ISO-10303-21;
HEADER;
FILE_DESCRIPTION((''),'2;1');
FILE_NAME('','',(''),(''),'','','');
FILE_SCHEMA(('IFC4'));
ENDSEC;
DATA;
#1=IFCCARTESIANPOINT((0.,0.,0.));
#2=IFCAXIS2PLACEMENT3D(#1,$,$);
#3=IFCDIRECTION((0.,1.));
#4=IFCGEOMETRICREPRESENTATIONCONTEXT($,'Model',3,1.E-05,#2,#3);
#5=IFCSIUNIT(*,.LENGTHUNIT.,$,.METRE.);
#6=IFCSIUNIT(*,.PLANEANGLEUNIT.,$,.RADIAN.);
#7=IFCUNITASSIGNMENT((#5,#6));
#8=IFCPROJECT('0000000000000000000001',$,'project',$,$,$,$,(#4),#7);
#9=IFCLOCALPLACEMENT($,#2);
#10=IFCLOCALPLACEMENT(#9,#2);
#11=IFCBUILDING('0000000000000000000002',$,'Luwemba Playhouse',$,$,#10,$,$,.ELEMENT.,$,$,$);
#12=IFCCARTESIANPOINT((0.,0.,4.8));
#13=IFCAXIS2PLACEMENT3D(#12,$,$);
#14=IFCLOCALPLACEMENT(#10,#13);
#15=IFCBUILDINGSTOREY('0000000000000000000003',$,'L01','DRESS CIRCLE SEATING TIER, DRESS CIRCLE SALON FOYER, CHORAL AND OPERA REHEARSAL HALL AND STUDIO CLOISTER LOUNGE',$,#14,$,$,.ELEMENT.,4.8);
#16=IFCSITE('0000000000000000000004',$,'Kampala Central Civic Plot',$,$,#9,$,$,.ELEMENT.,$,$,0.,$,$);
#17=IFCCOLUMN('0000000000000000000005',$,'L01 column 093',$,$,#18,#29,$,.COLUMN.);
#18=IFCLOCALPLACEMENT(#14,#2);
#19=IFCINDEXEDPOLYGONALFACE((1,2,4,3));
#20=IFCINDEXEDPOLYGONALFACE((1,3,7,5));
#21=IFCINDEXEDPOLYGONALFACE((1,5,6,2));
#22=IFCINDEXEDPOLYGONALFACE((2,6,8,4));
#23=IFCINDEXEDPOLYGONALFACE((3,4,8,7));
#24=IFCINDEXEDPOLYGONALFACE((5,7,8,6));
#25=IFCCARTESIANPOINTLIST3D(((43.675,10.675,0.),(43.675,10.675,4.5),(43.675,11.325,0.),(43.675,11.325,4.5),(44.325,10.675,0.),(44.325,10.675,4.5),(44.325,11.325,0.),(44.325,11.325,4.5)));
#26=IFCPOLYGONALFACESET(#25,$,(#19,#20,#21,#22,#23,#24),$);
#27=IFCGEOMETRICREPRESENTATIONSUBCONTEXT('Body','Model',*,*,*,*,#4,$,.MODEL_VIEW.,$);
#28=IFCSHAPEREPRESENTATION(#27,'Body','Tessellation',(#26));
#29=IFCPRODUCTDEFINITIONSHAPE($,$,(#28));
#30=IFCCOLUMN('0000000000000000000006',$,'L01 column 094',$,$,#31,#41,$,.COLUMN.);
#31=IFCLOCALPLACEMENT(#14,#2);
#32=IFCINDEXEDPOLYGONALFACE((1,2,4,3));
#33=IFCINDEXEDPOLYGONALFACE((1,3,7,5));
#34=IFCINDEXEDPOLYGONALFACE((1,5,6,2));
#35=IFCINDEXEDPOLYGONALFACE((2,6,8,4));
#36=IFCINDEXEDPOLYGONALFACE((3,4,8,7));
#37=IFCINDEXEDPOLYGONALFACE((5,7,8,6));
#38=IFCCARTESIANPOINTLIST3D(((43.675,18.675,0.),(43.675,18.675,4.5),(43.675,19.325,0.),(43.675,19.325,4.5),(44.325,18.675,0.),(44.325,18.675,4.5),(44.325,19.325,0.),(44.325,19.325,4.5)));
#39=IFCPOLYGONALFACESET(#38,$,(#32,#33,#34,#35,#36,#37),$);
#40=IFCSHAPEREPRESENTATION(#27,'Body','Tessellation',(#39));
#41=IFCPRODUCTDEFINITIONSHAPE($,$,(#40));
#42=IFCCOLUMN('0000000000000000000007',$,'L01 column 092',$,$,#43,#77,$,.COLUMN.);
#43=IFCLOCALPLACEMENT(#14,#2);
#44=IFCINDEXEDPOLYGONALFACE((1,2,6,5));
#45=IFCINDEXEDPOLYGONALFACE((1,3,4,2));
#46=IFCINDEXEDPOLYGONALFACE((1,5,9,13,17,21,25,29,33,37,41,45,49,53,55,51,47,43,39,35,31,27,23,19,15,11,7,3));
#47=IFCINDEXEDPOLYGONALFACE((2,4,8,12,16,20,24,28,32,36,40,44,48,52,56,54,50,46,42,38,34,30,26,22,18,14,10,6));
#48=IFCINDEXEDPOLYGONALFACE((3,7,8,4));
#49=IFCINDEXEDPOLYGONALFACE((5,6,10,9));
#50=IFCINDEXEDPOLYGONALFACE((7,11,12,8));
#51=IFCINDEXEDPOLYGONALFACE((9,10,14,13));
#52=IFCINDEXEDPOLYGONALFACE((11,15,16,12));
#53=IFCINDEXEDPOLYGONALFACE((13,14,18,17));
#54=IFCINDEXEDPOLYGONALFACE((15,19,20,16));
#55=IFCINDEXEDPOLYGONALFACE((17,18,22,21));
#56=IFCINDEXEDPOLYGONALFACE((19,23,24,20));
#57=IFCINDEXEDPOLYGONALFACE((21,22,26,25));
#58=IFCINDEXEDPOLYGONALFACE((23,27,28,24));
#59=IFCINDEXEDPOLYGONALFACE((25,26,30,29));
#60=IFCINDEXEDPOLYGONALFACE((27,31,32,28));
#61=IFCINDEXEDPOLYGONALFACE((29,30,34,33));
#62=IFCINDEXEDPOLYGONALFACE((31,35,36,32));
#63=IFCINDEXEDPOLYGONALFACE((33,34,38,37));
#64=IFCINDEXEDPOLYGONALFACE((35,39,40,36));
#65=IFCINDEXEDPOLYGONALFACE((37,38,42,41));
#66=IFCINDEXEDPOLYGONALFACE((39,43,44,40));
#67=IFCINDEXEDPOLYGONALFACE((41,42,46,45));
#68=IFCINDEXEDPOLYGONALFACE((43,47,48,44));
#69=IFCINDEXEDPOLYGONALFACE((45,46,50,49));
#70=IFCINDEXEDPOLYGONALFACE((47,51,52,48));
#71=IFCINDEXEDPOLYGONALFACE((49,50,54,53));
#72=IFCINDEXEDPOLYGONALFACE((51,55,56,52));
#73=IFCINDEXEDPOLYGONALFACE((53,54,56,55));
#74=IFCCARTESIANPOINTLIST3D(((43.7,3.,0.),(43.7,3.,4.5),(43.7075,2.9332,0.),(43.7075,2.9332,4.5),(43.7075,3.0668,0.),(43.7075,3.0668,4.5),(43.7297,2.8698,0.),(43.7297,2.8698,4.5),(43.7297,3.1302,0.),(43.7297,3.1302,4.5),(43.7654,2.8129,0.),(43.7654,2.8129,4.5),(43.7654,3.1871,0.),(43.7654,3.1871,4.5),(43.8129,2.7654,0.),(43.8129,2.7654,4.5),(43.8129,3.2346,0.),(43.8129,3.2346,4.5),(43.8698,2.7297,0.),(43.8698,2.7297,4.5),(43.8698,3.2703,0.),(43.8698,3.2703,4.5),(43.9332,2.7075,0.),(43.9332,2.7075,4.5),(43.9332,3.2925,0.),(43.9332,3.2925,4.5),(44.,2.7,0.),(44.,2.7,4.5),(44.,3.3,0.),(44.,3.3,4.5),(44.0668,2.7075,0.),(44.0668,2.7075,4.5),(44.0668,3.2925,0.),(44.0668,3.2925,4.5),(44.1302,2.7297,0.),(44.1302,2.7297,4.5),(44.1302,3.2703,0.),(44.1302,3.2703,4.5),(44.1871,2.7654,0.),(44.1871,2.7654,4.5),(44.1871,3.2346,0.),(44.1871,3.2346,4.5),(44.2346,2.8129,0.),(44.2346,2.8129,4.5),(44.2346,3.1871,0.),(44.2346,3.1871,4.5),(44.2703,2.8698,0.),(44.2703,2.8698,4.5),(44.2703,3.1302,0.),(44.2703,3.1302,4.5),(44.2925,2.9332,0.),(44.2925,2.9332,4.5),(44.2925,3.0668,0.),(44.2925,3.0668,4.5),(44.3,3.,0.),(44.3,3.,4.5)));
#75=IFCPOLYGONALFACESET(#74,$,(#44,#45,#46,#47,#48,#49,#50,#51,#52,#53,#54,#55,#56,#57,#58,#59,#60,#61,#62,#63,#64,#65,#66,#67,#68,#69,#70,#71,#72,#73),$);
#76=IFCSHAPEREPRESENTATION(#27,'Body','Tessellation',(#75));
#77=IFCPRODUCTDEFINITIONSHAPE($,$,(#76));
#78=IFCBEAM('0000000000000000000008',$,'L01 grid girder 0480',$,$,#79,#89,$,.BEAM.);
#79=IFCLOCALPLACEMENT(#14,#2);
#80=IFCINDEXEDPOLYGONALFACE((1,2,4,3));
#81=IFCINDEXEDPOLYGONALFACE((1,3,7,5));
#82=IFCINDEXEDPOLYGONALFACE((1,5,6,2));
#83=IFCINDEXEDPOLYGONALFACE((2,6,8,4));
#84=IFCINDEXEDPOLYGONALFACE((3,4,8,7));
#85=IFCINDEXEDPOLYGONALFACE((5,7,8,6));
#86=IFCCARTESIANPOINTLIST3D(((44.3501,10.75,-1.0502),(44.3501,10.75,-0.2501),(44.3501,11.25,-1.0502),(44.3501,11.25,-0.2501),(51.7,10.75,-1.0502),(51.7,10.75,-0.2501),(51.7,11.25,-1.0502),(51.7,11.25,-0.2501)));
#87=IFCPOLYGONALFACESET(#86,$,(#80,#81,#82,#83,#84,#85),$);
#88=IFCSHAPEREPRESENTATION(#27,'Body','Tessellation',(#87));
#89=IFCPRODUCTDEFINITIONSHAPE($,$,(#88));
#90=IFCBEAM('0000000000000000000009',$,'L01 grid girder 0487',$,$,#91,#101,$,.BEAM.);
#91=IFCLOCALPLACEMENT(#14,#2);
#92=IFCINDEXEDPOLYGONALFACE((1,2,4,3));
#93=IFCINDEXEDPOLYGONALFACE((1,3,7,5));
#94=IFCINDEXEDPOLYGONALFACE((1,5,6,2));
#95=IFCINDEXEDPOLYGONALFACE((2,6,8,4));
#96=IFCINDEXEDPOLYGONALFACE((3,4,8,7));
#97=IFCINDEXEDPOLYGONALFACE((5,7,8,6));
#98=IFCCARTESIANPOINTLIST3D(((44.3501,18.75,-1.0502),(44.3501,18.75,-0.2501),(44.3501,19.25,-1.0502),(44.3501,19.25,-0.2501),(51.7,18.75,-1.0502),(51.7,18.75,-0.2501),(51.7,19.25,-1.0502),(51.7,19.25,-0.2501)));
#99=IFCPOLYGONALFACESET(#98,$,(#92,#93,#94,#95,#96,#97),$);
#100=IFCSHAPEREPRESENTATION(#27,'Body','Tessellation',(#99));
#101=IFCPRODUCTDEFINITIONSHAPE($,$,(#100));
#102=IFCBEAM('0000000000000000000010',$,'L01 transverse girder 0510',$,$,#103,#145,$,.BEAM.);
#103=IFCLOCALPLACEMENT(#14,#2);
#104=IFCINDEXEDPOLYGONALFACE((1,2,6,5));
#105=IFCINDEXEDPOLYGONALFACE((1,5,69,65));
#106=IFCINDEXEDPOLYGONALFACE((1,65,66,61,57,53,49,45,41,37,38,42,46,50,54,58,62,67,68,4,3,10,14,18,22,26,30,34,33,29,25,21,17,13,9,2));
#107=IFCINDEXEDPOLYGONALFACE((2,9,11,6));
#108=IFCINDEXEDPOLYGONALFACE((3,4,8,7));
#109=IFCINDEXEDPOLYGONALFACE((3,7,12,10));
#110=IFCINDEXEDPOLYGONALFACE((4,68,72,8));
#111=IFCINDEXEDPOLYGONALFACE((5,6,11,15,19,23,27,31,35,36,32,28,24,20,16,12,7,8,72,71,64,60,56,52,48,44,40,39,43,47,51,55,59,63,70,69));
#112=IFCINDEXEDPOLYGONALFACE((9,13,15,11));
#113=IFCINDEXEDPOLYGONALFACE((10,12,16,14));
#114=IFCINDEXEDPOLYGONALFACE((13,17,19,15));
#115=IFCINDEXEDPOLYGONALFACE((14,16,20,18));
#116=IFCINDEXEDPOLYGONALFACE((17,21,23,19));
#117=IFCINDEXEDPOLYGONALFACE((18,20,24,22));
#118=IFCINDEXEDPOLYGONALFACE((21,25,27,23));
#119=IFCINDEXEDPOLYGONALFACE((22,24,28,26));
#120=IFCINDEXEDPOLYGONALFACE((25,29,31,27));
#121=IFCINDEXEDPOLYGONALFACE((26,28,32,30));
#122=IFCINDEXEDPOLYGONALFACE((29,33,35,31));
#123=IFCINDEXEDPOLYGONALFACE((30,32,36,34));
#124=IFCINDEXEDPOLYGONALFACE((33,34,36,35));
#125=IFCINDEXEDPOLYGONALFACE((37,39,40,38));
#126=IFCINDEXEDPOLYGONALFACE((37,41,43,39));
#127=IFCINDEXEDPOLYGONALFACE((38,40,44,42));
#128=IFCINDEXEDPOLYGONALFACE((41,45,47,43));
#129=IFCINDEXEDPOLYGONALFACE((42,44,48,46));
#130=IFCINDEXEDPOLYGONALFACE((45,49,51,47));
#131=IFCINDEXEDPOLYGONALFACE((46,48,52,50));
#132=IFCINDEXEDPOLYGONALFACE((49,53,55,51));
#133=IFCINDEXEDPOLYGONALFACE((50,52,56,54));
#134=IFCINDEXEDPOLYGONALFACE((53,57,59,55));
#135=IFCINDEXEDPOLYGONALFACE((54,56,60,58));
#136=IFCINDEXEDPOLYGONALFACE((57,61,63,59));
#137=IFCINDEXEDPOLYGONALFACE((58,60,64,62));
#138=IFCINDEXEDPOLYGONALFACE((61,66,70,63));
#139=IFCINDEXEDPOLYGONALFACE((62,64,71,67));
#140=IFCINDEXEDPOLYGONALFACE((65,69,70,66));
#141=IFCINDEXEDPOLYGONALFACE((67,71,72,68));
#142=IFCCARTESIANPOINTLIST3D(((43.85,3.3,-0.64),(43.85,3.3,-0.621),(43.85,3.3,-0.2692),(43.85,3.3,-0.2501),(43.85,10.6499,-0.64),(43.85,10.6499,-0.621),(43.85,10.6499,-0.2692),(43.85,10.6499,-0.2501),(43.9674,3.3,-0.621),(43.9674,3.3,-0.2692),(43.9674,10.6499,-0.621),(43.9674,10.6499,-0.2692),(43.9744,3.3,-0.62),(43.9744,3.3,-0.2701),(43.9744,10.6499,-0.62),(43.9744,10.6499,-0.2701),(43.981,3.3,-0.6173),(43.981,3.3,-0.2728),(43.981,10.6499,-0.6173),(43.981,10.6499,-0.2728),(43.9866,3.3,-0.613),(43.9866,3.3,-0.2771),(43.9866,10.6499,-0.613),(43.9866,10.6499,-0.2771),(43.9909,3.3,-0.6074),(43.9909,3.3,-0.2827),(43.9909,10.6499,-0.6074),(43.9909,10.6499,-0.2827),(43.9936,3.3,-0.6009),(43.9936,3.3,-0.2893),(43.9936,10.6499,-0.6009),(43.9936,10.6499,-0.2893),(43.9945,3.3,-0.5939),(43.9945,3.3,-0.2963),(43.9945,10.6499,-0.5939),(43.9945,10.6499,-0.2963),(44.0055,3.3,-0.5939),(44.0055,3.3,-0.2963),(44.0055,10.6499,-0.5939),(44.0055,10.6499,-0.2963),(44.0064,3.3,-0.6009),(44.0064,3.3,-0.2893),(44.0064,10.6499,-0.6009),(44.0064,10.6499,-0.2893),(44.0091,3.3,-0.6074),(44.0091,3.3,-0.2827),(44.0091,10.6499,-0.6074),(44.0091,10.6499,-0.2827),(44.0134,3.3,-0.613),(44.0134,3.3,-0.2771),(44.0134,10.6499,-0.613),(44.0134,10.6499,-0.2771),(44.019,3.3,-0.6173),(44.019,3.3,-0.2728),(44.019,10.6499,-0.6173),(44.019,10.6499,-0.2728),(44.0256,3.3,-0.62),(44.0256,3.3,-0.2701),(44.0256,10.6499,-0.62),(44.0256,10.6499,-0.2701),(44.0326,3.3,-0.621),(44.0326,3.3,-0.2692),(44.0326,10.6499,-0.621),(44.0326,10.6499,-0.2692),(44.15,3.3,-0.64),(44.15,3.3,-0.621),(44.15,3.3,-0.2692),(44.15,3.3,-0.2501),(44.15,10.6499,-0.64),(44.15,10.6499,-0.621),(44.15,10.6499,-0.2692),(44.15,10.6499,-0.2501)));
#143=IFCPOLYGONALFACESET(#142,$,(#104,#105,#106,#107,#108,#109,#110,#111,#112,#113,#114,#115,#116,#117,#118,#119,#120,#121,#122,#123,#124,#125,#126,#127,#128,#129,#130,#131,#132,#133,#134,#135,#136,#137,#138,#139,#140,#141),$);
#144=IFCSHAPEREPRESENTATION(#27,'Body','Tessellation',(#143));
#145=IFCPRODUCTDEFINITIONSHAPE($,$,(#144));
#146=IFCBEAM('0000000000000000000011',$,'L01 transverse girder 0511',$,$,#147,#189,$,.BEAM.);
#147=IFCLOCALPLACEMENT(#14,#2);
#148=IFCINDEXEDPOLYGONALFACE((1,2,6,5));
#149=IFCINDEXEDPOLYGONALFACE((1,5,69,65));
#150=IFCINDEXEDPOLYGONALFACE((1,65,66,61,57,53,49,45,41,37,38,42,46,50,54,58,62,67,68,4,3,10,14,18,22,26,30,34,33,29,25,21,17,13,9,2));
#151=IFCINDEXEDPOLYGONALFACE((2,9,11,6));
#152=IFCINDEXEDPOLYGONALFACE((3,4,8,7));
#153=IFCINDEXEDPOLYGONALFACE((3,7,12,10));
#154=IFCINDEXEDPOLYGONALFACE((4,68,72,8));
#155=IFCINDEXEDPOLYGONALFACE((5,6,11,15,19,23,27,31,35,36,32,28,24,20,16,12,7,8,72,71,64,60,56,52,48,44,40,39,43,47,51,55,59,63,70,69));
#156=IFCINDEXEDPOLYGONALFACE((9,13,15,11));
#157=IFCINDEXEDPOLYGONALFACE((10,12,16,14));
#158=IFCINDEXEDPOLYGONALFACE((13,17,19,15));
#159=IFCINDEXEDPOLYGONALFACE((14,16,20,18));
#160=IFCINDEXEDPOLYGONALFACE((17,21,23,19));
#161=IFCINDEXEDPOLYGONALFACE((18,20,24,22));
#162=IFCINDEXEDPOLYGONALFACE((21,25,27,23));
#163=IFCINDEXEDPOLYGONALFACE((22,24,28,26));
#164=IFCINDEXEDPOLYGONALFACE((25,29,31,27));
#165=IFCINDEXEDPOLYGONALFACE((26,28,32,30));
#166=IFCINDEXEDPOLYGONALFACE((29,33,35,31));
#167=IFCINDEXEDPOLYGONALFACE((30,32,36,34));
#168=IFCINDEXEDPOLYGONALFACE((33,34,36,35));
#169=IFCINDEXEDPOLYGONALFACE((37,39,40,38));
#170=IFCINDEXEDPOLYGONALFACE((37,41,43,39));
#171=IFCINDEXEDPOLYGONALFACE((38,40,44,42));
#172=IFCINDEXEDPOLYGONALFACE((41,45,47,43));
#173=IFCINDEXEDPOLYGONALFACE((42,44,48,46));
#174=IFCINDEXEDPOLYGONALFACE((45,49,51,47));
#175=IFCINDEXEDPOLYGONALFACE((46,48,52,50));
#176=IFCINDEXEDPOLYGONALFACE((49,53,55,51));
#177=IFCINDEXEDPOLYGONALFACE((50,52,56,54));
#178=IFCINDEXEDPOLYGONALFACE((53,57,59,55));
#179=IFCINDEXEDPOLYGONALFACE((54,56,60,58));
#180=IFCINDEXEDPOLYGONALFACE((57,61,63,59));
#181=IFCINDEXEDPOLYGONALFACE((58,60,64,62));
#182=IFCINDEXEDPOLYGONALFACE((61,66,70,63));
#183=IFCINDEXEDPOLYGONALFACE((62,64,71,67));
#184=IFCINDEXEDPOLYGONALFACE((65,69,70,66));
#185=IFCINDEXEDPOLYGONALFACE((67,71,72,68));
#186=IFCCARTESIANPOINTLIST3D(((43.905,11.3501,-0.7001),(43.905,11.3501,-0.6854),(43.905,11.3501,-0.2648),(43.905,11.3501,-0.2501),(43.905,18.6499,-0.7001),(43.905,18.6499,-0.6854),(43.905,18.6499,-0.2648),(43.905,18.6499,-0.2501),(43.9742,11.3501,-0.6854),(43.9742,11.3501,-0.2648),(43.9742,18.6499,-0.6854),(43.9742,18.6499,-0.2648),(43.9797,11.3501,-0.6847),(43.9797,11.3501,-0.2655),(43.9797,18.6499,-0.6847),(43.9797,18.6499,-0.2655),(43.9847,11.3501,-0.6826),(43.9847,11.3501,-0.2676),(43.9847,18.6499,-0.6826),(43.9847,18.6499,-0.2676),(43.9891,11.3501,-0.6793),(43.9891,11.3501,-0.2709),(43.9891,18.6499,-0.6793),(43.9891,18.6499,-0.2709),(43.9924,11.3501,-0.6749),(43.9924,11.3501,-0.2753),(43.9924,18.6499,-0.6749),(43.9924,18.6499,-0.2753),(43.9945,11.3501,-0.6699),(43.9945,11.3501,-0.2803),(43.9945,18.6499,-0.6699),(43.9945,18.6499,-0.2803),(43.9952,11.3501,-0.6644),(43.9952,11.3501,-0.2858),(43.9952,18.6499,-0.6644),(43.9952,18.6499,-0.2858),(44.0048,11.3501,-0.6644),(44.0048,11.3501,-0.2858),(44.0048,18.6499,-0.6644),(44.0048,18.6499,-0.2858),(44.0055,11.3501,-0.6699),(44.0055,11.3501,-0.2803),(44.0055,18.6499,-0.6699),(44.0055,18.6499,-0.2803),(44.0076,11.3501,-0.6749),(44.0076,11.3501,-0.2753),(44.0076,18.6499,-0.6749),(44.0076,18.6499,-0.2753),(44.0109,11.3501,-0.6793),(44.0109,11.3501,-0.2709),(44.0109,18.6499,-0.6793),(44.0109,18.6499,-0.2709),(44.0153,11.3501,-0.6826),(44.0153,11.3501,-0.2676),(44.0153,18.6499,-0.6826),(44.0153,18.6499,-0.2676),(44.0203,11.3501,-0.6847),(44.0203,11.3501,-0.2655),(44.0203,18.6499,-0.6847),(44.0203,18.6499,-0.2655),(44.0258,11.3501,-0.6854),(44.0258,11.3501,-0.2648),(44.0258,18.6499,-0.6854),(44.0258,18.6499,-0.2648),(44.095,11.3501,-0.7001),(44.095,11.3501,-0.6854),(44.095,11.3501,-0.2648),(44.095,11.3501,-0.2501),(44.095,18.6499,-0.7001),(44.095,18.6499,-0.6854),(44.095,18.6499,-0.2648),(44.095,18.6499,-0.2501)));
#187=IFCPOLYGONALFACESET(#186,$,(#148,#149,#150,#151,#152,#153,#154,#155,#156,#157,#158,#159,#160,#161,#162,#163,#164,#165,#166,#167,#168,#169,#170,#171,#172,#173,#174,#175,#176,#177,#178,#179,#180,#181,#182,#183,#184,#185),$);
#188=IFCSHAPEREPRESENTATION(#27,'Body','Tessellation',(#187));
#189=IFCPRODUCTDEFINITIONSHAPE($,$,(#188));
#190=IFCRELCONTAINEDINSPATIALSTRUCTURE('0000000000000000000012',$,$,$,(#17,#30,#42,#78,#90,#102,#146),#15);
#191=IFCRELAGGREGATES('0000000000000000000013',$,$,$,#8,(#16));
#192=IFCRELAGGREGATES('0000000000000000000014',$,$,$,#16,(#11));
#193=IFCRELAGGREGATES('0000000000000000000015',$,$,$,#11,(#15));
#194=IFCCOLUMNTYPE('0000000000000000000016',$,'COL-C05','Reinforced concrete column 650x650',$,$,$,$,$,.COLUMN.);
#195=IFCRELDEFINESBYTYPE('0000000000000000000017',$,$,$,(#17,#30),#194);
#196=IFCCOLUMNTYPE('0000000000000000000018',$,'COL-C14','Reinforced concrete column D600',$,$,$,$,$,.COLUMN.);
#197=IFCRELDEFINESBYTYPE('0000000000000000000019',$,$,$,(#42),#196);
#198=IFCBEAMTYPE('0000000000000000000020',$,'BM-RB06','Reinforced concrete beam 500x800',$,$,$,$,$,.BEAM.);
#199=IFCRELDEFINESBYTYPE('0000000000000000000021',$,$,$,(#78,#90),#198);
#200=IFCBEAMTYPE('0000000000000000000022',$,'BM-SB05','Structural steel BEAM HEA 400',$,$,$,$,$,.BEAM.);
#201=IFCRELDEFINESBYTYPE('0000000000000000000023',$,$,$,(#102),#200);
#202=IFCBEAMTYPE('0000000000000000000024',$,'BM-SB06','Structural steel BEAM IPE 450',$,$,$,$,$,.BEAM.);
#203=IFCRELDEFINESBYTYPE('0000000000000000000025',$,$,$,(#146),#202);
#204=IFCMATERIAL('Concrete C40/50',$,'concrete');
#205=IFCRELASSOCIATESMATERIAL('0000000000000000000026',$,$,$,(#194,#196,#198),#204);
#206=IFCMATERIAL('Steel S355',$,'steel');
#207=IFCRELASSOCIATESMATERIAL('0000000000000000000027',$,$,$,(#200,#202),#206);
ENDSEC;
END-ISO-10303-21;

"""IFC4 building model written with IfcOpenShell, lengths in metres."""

from ifc_helpers import new_model, si_unit, direction, frame, origin, origin_2d, place, context, subcontext, project, spatial, rectangle, circle, i_section, extrude, material, material_profile, profile_set, type_object, element, save


model = new_model("IFC4")

# Units and contexts
model_context = context("Model", 3, precision=1e-05, world=origin(), true_north=direction((0.0, 1.0)))
body_context = subcontext(model_context, "Body", "Model", "MODEL_VIEW")
ifc_project = project(units=[si_unit("LENGTHUNIT", "METRE"), si_unit("PLANEANGLEUNIT", "RADIAN")], contexts=[model_context])

# Site, building, storey
site_placement = place(None, origin())
site = spatial("IfcSite", under=ifc_project, at=site_placement, Name="Kampala Central Civic Plot", CompositionType="ELEMENT", RefElevation=0.0)
building_placement = place(site_placement, origin())
building = spatial("IfcBuilding", under=site, at=building_placement, Name="Luwemba Playhouse", CompositionType="ELEMENT")
storey_placement = place(building_placement, frame((0.0, 0.0, 4.8)))
storey = spatial("IfcBuildingStorey", under=building, at=storey_placement, Name="L01", Description="DRESS CIRCLE SEATING TIER, DRESS CIRCLE SALON FOYER, CHORAL AND OPERA REHEARSAL HALL AND STUDIO CLOISTER LOUNGE", CompositionType="ELEMENT", Elevation=4.8)

# Columns
ifc_material_1 = material(Name="Concrete C40/50", Category="concrete")
ifc_material_profile_1 = material_profile(ifc_material_1, rectangle(XDim=0.6499, YDim=0.6499, at=origin_2d()))
ifc_profile_set_1 = profile_set([ifc_material_profile_1], Name="Concrete C40/50")
column_type_1 = type_object("IfcColumnType", Name="COL-C05", Description="Reinforced concrete column 650x650", PredefinedType="COLUMN", material=ifc_profile_set_1)
for number, where, z_axis, x_axis, name in (
    (1, (44.0, 11.0, 0.0), (0.0, 0.0, 1.0), (1.0, 0.0, 0.0), "L01 column 093"),
    (2, (44.0, 19.0, 0.0), (0.0, 0.0, 1.0), (1.0, 0.0, 0.0), "L01 column 094"),
):
    element("IfcColumn", number, at=place(storey_placement, frame(where, z_axis=z_axis, x_axis=x_axis)), inside=storey, type_object=column_type_1, Name=name, PredefinedType="COLUMN", context=body_context, shape_type="SweptSolid", body=[
        extrude(rectangle(XDim=0.6499, YDim=0.6499, at=origin_2d()), origin(), (0.0, 0.0, 1.0), 4.5),
    ])
ifc_material_profile_2 = material_profile(ifc_material_1, circle(Radius=0.3, at=origin_2d()))
ifc_profile_set_2 = profile_set([ifc_material_profile_2], Name="Concrete C40/50")
column_type_2 = type_object("IfcColumnType", Name="COL-C14", Description="Reinforced concrete column D600", PredefinedType="COLUMN", material=ifc_profile_set_2)
column_placement = place(storey_placement, frame((44.0, 3.0, 0.0), z_axis=(0.0, 0.0, 1.0), x_axis=(1.0, 0.0, 0.0)))
element("IfcColumn", 3, at=column_placement, inside=storey, type_object=column_type_2, Name="L01 column 092", PredefinedType="COLUMN", context=body_context, shape_type="SweptSolid", body=[
    extrude(circle(Radius=0.3, at=origin_2d()), origin(), (0.0, 0.0, 1.0), 4.5),
])

# Beams
ifc_material_profile_3 = material_profile(ifc_material_1, rectangle(XDim=0.5, YDim=0.8, at=origin_2d()))
ifc_profile_set_3 = profile_set([ifc_material_profile_3], Name="Concrete C40/50")
beam_type_1 = type_object("IfcBeamType", Name="BM-RB06", Description="Reinforced concrete beam 500x800", PredefinedType="BEAM", material=ifc_profile_set_3)
for number, where, z_axis, x_axis, name in (
    (4, (44.3501, 11.0, -0.6501), (1.0, 0.0, 0.0), (0.0, 1.0, 0.0), "L01 grid girder 0480"),
    (5, (44.3501, 19.0, -0.6501), (1.0, 0.0, 0.0), (0.0, 1.0, 0.0), "L01 grid girder 0487"),
):
    element("IfcBeam", number, at=place(storey_placement, frame(where, z_axis=z_axis, x_axis=x_axis)), inside=storey, type_object=beam_type_1, Name=name, PredefinedType="BEAM", context=body_context, shape_type="SweptSolid", body=[
        extrude(rectangle(XDim=0.5, YDim=0.8, at=origin_2d()), origin(), (0.0, 0.0, 1.0), 7.3499),
    ])
ifc_material_2 = material(Name="Steel S355", Category="steel")
ifc_material_profile_4 = material_profile(ifc_material_2, i_section(OverallWidth=0.3, OverallDepth=0.3899, WebThickness=0.011, FlangeThickness=0.019, FilletRadius=0.0271, at=origin_2d()))
ifc_profile_set_4 = profile_set([ifc_material_profile_4], Name="Steel S355")
beam_type_2 = type_object("IfcBeamType", Name="BM-SB05", Description="Structural steel BEAM HEA 400", PredefinedType="BEAM", material=ifc_profile_set_4)
beam_1_placement = place(storey_placement, frame((44.0, 3.3, -0.4451), z_axis=(0.0, 1.0, 0.0), x_axis=(-1.0, 0.0, 0.0)))
element("IfcBeam", 6, at=beam_1_placement, inside=storey, type_object=beam_type_2, Name="L01 transverse girder 0510", PredefinedType="BEAM", context=body_context, shape_type="SweptSolid", body=[
    extrude(i_section(OverallWidth=0.3, OverallDepth=0.3899, WebThickness=0.011, FlangeThickness=0.019, FilletRadius=0.0271, at=origin_2d()), origin(), (0.0, 0.0, 1.0), 7.3499),
])
ifc_material_profile_5 = material_profile(ifc_material_2, i_section(OverallWidth=0.1899, OverallDepth=0.45, WebThickness=0.0095, FlangeThickness=0.0146, FilletRadius=0.021, at=origin_2d()))
ifc_profile_set_5 = profile_set([ifc_material_profile_5], Name="Steel S355")
beam_type_3 = type_object("IfcBeamType", Name="BM-SB06", Description="Structural steel BEAM IPE 450", PredefinedType="BEAM", material=ifc_profile_set_5)
beam_2_placement = place(storey_placement, frame((44.0, 11.3501, -0.4751), z_axis=(0.0, 1.0, 0.0), x_axis=(-1.0, 0.0, 0.0)))
element("IfcBeam", 7, at=beam_2_placement, inside=storey, type_object=beam_type_3, Name="L01 transverse girder 0511", PredefinedType="BEAM", context=body_context, shape_type="SweptSolid", body=[
    extrude(i_section(OverallWidth=0.1899, OverallDepth=0.45, WebThickness=0.0095, FlangeThickness=0.0146, FilletRadius=0.021, at=origin_2d()), origin(), (0.0, 0.0, 1.0), 7.2998),
])

save(model, "model.ifc")
